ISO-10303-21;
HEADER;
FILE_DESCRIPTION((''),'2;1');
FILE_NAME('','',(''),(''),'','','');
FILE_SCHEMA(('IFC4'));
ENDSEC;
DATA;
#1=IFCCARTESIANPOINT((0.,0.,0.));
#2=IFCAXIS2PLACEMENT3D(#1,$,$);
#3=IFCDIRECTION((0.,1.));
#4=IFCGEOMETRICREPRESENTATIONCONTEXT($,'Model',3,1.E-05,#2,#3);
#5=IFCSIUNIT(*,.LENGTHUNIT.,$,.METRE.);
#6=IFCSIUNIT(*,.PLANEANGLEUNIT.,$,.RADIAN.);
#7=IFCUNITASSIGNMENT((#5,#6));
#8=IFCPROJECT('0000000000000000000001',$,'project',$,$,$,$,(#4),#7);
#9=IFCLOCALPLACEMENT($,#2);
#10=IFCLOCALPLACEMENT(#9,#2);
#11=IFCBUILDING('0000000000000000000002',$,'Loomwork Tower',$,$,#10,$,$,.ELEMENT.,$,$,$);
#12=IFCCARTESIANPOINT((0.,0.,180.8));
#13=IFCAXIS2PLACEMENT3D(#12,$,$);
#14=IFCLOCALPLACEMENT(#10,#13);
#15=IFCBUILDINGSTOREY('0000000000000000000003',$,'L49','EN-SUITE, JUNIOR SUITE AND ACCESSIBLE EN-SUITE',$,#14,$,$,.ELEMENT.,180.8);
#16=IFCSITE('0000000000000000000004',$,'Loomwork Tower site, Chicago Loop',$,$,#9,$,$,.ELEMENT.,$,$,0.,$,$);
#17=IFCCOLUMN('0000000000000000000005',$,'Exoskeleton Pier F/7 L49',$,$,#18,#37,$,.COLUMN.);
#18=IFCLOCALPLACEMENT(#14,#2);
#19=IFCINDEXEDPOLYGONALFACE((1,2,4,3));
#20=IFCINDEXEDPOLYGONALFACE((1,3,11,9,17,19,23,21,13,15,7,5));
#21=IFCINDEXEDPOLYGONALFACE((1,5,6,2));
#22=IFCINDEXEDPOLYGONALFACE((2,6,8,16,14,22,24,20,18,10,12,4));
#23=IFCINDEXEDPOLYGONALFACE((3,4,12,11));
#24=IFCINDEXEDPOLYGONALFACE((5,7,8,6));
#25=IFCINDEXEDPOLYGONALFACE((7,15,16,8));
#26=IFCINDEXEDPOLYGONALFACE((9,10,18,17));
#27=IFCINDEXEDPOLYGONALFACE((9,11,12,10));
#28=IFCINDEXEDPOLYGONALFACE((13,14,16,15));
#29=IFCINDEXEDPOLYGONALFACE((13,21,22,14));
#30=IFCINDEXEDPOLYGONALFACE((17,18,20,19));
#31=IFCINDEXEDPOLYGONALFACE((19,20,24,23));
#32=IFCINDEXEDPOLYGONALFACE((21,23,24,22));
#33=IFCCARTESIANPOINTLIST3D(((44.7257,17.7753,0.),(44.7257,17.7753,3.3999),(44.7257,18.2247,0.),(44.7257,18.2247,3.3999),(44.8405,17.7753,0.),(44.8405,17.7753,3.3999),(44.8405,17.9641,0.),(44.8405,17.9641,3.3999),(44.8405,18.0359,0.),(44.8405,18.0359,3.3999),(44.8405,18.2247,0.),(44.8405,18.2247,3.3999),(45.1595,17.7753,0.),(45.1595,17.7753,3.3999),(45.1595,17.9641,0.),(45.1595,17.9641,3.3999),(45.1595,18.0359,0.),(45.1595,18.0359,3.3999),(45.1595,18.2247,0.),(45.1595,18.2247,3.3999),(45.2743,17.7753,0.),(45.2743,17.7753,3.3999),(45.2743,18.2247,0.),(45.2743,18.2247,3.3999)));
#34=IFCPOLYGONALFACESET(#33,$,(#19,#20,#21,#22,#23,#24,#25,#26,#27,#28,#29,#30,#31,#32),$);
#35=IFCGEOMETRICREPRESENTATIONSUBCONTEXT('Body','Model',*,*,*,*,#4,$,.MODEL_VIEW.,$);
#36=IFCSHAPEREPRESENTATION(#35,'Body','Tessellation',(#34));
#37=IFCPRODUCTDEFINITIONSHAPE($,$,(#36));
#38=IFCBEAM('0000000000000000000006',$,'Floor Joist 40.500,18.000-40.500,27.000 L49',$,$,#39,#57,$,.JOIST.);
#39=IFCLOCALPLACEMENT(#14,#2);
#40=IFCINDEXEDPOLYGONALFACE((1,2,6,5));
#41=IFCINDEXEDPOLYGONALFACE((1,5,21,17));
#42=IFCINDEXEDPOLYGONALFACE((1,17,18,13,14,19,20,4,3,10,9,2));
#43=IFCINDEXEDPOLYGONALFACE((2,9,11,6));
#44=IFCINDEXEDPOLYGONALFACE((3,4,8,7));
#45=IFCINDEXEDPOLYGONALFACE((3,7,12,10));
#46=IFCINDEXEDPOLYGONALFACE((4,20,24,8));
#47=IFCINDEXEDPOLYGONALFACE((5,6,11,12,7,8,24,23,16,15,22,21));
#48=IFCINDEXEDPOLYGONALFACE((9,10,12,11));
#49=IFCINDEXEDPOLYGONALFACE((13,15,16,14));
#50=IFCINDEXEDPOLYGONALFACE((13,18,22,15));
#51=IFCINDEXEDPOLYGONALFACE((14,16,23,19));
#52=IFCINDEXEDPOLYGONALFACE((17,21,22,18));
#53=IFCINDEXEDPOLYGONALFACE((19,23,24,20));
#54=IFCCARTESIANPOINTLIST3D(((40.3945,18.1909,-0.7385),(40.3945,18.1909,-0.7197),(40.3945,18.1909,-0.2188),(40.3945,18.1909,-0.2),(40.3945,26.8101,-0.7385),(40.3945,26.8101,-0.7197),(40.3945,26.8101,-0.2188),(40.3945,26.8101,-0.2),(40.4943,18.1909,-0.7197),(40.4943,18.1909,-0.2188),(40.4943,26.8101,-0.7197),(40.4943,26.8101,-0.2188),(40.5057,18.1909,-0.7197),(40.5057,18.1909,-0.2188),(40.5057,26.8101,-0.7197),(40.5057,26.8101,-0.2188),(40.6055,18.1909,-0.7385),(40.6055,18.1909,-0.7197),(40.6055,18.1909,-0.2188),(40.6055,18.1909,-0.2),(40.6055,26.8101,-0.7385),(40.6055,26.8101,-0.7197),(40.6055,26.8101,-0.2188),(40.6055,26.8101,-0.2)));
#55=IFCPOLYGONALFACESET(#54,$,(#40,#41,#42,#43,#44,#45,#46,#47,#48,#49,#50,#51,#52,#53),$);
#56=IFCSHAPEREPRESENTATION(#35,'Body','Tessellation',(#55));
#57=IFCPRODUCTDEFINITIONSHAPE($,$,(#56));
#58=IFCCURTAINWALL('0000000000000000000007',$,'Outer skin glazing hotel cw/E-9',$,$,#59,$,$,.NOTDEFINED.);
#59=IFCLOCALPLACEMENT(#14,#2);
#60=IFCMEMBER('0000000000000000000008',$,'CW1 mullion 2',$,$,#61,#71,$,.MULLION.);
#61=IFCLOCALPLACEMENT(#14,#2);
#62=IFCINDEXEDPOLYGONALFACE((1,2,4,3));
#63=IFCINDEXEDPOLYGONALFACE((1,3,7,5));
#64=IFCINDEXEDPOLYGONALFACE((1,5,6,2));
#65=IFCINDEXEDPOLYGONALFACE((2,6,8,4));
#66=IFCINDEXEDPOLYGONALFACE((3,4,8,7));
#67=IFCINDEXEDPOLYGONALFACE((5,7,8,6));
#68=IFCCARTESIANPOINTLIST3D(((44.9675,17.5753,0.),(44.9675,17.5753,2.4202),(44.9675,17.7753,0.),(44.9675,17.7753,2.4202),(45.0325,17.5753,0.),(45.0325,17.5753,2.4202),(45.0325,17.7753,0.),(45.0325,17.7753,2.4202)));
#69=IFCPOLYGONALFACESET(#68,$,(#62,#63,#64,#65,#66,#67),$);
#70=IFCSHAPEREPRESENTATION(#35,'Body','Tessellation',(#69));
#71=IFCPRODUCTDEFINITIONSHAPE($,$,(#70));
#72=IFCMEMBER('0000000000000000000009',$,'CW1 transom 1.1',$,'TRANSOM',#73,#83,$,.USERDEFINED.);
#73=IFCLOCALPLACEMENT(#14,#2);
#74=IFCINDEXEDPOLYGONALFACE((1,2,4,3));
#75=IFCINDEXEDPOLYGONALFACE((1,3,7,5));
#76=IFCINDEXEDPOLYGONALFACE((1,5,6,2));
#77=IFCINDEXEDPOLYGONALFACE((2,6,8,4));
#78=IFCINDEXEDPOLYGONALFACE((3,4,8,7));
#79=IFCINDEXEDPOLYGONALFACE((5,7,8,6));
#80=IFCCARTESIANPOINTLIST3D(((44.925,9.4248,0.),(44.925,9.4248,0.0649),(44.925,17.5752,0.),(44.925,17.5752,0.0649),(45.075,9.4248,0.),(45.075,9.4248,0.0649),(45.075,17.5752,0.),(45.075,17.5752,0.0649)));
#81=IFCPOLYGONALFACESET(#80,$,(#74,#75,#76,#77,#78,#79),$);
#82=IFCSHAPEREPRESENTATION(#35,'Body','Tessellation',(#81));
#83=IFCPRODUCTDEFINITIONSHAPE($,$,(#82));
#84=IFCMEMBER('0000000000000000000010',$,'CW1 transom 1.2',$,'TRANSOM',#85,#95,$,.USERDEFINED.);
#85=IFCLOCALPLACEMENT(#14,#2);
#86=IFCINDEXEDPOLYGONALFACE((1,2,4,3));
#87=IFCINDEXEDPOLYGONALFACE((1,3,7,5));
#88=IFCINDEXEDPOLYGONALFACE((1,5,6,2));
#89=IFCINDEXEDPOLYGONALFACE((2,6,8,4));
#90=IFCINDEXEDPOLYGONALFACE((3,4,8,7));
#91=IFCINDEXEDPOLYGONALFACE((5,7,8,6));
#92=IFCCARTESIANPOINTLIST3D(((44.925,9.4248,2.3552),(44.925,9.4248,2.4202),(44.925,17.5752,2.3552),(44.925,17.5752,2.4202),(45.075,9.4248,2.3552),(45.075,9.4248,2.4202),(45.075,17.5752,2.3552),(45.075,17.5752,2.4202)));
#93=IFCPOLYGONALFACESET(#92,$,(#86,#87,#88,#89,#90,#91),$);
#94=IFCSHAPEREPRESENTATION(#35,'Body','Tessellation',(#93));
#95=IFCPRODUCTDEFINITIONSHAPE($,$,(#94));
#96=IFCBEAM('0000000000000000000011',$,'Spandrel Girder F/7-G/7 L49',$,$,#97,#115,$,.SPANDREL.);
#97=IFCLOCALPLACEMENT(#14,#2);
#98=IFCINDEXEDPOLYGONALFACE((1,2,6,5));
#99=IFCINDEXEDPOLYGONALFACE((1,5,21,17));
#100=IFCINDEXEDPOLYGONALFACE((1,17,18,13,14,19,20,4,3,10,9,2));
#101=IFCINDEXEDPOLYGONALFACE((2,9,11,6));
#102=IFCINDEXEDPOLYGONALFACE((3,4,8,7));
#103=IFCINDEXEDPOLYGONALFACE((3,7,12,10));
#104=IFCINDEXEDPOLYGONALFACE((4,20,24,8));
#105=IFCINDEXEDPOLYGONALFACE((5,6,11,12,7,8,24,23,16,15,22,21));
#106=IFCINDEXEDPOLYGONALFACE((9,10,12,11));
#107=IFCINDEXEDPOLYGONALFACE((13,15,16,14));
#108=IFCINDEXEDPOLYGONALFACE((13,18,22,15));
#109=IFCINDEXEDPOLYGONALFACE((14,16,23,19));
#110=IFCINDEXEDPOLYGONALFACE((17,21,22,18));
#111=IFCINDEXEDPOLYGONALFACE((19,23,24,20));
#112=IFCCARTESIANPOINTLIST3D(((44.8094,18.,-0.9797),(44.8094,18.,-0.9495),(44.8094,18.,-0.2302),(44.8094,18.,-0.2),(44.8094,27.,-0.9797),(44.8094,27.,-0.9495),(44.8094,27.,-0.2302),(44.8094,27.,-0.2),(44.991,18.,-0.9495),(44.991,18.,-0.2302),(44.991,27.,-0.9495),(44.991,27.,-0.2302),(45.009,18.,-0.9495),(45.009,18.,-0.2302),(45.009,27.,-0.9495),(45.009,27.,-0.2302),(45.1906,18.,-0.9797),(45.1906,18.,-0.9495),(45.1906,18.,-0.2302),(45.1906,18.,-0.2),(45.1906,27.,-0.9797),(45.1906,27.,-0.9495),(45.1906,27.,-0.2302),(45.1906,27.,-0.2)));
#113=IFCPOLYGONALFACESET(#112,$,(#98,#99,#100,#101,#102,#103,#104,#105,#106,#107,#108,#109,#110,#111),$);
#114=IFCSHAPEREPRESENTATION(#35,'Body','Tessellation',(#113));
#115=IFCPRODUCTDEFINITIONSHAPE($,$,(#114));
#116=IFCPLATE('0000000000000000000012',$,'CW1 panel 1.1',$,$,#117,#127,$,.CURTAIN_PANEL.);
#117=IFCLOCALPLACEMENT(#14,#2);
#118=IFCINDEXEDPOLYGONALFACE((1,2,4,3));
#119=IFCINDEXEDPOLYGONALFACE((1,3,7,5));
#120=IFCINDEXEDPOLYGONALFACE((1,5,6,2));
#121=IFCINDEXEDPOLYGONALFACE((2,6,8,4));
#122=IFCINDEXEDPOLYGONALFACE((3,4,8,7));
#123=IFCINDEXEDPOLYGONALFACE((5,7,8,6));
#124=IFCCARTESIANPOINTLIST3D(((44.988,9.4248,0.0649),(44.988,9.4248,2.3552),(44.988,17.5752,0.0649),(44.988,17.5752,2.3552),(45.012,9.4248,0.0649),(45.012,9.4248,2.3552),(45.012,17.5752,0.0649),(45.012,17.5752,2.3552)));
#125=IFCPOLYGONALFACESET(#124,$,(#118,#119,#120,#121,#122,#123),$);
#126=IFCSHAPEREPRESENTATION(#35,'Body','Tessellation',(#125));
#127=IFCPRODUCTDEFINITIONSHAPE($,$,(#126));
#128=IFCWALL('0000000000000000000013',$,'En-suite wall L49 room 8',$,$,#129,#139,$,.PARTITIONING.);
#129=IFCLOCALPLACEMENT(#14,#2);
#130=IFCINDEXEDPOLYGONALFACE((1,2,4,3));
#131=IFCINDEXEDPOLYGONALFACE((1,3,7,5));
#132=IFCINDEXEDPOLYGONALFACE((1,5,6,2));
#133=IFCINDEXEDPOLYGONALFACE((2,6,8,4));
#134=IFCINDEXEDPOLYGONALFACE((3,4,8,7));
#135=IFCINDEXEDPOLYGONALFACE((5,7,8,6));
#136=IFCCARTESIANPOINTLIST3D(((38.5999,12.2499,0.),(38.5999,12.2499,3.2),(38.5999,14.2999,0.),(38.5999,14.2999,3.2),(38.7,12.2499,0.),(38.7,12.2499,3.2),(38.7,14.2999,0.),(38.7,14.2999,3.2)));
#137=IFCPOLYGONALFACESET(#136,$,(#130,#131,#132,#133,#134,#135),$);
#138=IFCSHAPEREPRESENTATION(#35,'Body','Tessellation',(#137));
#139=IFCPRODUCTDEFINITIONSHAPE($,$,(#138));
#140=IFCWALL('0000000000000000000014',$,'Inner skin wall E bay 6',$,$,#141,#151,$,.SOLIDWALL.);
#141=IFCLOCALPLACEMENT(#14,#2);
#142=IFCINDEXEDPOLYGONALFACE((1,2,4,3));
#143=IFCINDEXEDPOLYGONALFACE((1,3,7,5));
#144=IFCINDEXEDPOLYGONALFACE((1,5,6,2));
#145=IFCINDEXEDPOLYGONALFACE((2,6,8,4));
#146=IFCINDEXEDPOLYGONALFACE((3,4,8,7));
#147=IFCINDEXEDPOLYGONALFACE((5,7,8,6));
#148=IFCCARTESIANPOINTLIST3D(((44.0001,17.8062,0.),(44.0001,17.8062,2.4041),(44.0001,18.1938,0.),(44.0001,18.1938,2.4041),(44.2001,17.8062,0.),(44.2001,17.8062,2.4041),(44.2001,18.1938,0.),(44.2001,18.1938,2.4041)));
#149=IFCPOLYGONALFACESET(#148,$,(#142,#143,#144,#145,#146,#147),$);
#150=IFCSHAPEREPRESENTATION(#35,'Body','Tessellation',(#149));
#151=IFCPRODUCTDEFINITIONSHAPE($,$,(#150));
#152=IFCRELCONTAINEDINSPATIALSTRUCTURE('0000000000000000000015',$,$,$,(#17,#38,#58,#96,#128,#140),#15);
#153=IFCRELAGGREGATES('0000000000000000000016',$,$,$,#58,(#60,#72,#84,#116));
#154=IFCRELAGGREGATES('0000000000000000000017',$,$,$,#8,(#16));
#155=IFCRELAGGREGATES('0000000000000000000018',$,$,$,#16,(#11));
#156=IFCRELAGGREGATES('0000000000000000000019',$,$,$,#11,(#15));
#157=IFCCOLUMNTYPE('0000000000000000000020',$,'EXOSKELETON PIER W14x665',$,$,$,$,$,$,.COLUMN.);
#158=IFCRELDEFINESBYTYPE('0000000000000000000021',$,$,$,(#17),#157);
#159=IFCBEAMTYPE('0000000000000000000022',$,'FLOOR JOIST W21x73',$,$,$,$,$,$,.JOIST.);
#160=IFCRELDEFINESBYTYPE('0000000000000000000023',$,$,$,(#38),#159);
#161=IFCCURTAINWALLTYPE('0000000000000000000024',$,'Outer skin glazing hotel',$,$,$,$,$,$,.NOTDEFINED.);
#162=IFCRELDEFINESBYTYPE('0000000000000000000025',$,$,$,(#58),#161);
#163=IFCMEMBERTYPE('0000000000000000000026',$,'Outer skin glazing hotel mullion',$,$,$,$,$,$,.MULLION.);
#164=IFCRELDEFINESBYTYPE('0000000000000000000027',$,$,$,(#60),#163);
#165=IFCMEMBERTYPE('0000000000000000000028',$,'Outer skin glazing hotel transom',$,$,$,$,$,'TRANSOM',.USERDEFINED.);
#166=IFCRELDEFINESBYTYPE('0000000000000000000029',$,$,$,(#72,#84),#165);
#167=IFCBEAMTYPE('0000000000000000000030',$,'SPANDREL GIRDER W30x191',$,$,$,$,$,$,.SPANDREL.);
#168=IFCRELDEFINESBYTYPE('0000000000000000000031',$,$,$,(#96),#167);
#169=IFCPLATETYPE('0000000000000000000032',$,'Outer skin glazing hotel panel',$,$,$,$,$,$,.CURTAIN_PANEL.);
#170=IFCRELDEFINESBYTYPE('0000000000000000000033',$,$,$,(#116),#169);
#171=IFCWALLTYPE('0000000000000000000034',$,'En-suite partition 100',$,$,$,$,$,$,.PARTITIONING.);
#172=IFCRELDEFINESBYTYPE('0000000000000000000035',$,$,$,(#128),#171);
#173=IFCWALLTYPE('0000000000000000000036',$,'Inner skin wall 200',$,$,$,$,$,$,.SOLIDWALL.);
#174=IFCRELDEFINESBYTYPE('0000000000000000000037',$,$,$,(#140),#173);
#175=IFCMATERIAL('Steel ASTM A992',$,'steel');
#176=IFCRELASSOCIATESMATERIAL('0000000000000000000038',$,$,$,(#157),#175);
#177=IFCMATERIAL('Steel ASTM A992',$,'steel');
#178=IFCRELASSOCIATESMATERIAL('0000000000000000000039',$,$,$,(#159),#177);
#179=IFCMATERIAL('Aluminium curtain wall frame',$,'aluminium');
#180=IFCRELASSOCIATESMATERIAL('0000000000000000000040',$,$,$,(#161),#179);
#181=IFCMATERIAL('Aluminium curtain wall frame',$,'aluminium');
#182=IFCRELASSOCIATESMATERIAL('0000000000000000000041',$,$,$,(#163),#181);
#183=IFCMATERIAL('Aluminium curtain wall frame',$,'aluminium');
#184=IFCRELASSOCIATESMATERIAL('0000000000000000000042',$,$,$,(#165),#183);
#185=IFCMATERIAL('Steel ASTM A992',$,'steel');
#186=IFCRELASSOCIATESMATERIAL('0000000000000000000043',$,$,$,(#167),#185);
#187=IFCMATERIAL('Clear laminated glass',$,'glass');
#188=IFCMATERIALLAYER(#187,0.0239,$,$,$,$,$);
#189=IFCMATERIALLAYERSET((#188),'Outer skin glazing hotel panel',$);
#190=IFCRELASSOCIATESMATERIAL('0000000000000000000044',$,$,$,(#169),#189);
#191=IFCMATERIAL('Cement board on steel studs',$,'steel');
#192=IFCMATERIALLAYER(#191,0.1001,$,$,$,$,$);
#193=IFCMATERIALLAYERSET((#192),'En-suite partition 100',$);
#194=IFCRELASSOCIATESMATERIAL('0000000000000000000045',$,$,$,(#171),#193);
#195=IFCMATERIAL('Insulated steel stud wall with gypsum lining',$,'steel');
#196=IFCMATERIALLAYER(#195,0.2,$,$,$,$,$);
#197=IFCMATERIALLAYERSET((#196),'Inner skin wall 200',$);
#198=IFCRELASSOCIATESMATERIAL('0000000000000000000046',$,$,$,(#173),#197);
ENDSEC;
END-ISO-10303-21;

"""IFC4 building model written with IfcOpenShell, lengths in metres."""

from ifc_helpers import new_model, si_unit, direction, frame, frame_2d, origin, origin_2d, place, context, subcontext, project, spatial, rectangle, i_section, extrude, material, layer, layer_set, material_profile, profile_set, type_object, element, aggregate, save


model = new_model("IFC4")

# Units and contexts
model_context = context("Model", 3, precision=1e-05, world=origin(), true_north=direction((0.0, 1.0)))
body_context = subcontext(model_context, "Body", "Model", "MODEL_VIEW")
ifc_project = project(units=[si_unit("LENGTHUNIT", "METRE"), si_unit("PLANEANGLEUNIT", "RADIAN")], contexts=[model_context])

# Site, building, storey
site_placement = place(None, origin())
site = spatial("IfcSite", under=ifc_project, at=site_placement, Name="Loomwork Tower site, Chicago Loop", CompositionType="ELEMENT", RefElevation=0.0)
building_placement = place(site_placement, origin())
building = spatial("IfcBuilding", under=site, at=building_placement, Name="Loomwork Tower", CompositionType="ELEMENT")
storey_placement = place(building_placement, frame((0.0, 0.0, 180.8)))
storey = spatial("IfcBuildingStorey", under=building, at=storey_placement, Name="L49", Description="EN-SUITE, JUNIOR SUITE AND ACCESSIBLE EN-SUITE", CompositionType="ELEMENT", Elevation=180.8)

# Column
ifc_material_1 = material(Name="Steel ASTM A992", Category="steel")
ifc_material_profile_1 = material_profile(ifc_material_1, i_section(OverallWidth=0.4495, OverallDepth=0.5486, WebThickness=0.0718, FlangeThickness=0.1147, at=origin_2d()), Name="W14x665")
ifc_profile_set_1 = profile_set([ifc_material_profile_1], Name="Steel ASTM A992")
column_type = type_object("IfcColumnType", Name="EXOSKELETON PIER W14x665", PredefinedType="COLUMN", material=ifc_profile_set_1)
column_placement = place(storey_placement, frame((45.0, 18.0, 0.0), z_axis=(0.0, 0.0, 1.0), x_axis=(0.0, 1.0, 0.0)))
element("IfcColumn", 1, at=column_placement, inside=storey, type_object=column_type, Name="Exoskeleton Pier F/7 L49", PredefinedType="COLUMN", context=body_context, shape_type="SweptSolid", body=[
    extrude(i_section(OverallWidth=0.4495, OverallDepth=0.5486, WebThickness=0.0718, FlangeThickness=0.1147, at=origin_2d()), origin(), (0.0, 0.0, 1.0), 3.3999),
])

# Beam
ifc_material_2 = material(Name="Steel ASTM A992", Category="steel")
ifc_material_profile_2 = material_profile(ifc_material_2, i_section(OverallWidth=0.2109, OverallDepth=0.5386, WebThickness=0.0115, FlangeThickness=0.0188, at=origin_2d()), Name="W21x73")
ifc_profile_set_2 = profile_set([ifc_material_profile_2], Name="Steel ASTM A992")
beam_type_1 = type_object("IfcBeamType", Name="FLOOR JOIST W21x73", PredefinedType="JOIST", material=ifc_profile_set_2)
beam_1_placement = place(storey_placement, frame((40.5, 18.1909, -0.4692), z_axis=(0.0, 1.0, 0.0), x_axis=(-1.0, 0.0, 0.0)))
element("IfcBeam", 2, at=beam_1_placement, inside=storey, type_object=beam_type_1, Name="Floor Joist 40.500,18.000-40.500,27.000 L49", PredefinedType="JOIST", context=body_context, shape_type="SweptSolid", body=[
    extrude(i_section(OverallWidth=0.2109, OverallDepth=0.5386, WebThickness=0.0115, FlangeThickness=0.0188, at=origin_2d()), origin(), (0.0, 0.0, 1.0), 8.6191),
])

# Curtain wall, members
ifc_material_3 = material(Name="Aluminium curtain wall frame", Category="aluminium")
curtain_wall_type = type_object("IfcCurtainWallType", Name="Outer skin glazing hotel", PredefinedType="NOTDEFINED", material=ifc_material_3)
curtain_wall_placement = place(storey_placement, origin())
curtain_wall = element("IfcCurtainWall", 3, at=curtain_wall_placement, inside=storey, type_object=curtain_wall_type, Name="Outer skin glazing hotel cw/E-9", PredefinedType="NOTDEFINED")
ifc_material_4 = material(Name="Aluminium curtain wall frame", Category="aluminium")
ifc_material_profile_3 = material_profile(ifc_material_4, rectangle(XDim=0.0649, YDim=0.2, at=origin_2d()), Name="AL 65x200")
ifc_profile_set_3 = profile_set([ifc_material_profile_3], Name="Aluminium curtain wall frame")
member_type_1 = type_object("IfcMemberType", Name="Outer skin glazing hotel mullion", PredefinedType="MULLION", material=ifc_profile_set_3)
member_1_placement = place(storey_placement, frame((45.0, 17.6753, 0.0), z_axis=(0.0, 0.0, 1.0), x_axis=(-1.0, 0.0, 0.0)))
member_1 = element("IfcMember", 4, at=member_1_placement, type_object=member_type_1, Name="CW1 mullion 2", PredefinedType="MULLION", context=body_context, shape_type="SweptSolid", body=[
    extrude(rectangle(XDim=0.0649, YDim=0.2, at=origin_2d()), origin(), (0.0, 0.0, 1.0), 2.4202),
])
ifc_material_5 = material(Name="Aluminium curtain wall frame", Category="aluminium")
ifc_material_profile_4 = material_profile(ifc_material_5, rectangle(XDim=0.1499, YDim=0.0649, at=origin_2d()), Name="AL 65x150")
ifc_profile_set_4 = profile_set([ifc_material_profile_4], Name="Aluminium curtain wall frame")
member_type_2 = type_object("IfcMemberType", Name="Outer skin glazing hotel transom", ElementType="TRANSOM", PredefinedType="USERDEFINED", material=ifc_profile_set_4)
member_2_placement = place(storey_placement, frame((45.0, 9.4248, 0.0325), z_axis=(0.0, 1.0, 0.0), x_axis=(-1.0, 0.0, 0.0)))
member_2 = element("IfcMember", 5, at=member_2_placement, type_object=member_type_2, Name="CW1 transom 1.1", ObjectType="TRANSOM", PredefinedType="USERDEFINED", context=body_context, shape_type="SweptSolid", body=[
    extrude(rectangle(XDim=0.1499, YDim=0.0649, at=origin_2d()), origin(), (0.0, 0.0, 1.0), 8.1504),
])
member_3_placement = place(storey_placement, frame((45.0, 9.4248, 2.3877), z_axis=(0.0, 1.0, 0.0), x_axis=(-1.0, 0.0, 0.0)))
member_3 = element("IfcMember", 6, at=member_3_placement, type_object=member_type_2, Name="CW1 transom 1.2", ObjectType="TRANSOM", PredefinedType="USERDEFINED", context=body_context, shape_type="SweptSolid", body=[
    extrude(rectangle(XDim=0.1499, YDim=0.0649, at=origin_2d()), origin(), (0.0, 0.0, 1.0), 8.1504),
])

# Beam
ifc_material_6 = material(Name="Steel ASTM A992", Category="steel")
ifc_material_profile_5 = material_profile(ifc_material_6, i_section(OverallWidth=0.3811, OverallDepth=0.7798, WebThickness=0.0181, FlangeThickness=0.0303, at=origin_2d()), Name="W30x191")
ifc_profile_set_5 = profile_set([ifc_material_profile_5], Name="Steel ASTM A992")
beam_type_2 = type_object("IfcBeamType", Name="SPANDREL GIRDER W30x191", PredefinedType="SPANDREL", material=ifc_profile_set_5)
beam_2_placement = place(storey_placement, frame((45.0, 18.0, -0.5898), z_axis=(0.0, 1.0, 0.0), x_axis=(-1.0, 0.0, 0.0)))
element("IfcBeam", 7, at=beam_2_placement, inside=storey, type_object=beam_type_2, Name="Spandrel Girder F/7-G/7 L49", PredefinedType="SPANDREL", context=body_context, shape_type="SweptSolid", body=[
    extrude(i_section(OverallWidth=0.3811, OverallDepth=0.7798, WebThickness=0.0181, FlangeThickness=0.0303, at=origin_2d()), origin(), (0.0, 0.0, 1.0), 9.0),
])

# Plate
ifc_material_7 = material(Name="Clear laminated glass", Category="glass")
ifc_layer_1 = layer(ifc_material_7, 0.0239)
ifc_layer_set_1 = layer_set([ifc_layer_1], Name="Outer skin glazing hotel panel")
plate_type = type_object("IfcPlateType", Name="Outer skin glazing hotel panel", PredefinedType="CURTAIN_PANEL", material=ifc_layer_set_1)
plate_placement = place(storey_placement, frame((45.0, 13.5, 0.0649), z_axis=(0.0, 0.0, 1.0), x_axis=(0.0, 1.0, 0.0)))
plate = element("IfcPlate", 8, at=plate_placement, type_object=plate_type, Name="CW1 panel 1.1", PredefinedType="CURTAIN_PANEL", context=body_context, shape_type="SweptSolid", body=[
    extrude(rectangle(XDim=8.1504, YDim=0.0239, at=origin_2d()), origin(), (0.0, 0.0, 1.0), 2.2903),
])
aggregate(curtain_wall, [member_1, member_2, member_3, plate])

# Walls
ifc_material_8 = material(Name="Cement board on steel studs", Category="steel")
ifc_layer_2 = layer(ifc_material_8, 0.1001)
ifc_layer_set_2 = layer_set([ifc_layer_2], Name="En-suite partition 100")
wall_type_1 = type_object("IfcWallType", Name="En-suite partition 100", PredefinedType="PARTITIONING", material=ifc_layer_set_2)
wall_1_placement = place(storey_placement, frame((38.6499, 12.25, 0.0), z_axis=(0.0, 0.0, 1.0), x_axis=(0.0, 1.0, 0.0)))
element("IfcWall", 9, at=wall_1_placement, inside=storey, type_object=wall_type_1, Name="En-suite wall L49 room 8", PredefinedType="PARTITIONING", context=body_context, shape_type="SweptSolid", body=[
    extrude(rectangle(XDim=2.05, YDim=0.1001, at=frame_2d((1.0249, 0.0))), origin(), (0.0, 0.0, 1.0), 3.2),
])
ifc_material_9 = material(Name="Insulated steel stud wall with gypsum lining", Category="steel")
ifc_layer_3 = layer(ifc_material_9, 0.2)
ifc_layer_set_3 = layer_set([ifc_layer_3], Name="Inner skin wall 200")
wall_type_2 = type_object("IfcWallType", Name="Inner skin wall 200", PredefinedType="SOLIDWALL", material=ifc_layer_set_3)
wall_2_placement = place(storey_placement, frame((44.1001, 17.8062, 0.0), z_axis=(0.0, 0.0, 1.0), x_axis=(0.0, 1.0, 0.0)))
element("IfcWall", 10, at=wall_2_placement, inside=storey, type_object=wall_type_2, Name="Inner skin wall E bay 6", PredefinedType="SOLIDWALL", context=body_context, shape_type="SweptSolid", body=[
    extrude(rectangle(XDim=0.3877, YDim=0.2, at=frame_2d((0.1938, 0.0))), origin(), (0.0, 0.0, 1.0), 2.4041),
])

save(model, "model.ifc")
